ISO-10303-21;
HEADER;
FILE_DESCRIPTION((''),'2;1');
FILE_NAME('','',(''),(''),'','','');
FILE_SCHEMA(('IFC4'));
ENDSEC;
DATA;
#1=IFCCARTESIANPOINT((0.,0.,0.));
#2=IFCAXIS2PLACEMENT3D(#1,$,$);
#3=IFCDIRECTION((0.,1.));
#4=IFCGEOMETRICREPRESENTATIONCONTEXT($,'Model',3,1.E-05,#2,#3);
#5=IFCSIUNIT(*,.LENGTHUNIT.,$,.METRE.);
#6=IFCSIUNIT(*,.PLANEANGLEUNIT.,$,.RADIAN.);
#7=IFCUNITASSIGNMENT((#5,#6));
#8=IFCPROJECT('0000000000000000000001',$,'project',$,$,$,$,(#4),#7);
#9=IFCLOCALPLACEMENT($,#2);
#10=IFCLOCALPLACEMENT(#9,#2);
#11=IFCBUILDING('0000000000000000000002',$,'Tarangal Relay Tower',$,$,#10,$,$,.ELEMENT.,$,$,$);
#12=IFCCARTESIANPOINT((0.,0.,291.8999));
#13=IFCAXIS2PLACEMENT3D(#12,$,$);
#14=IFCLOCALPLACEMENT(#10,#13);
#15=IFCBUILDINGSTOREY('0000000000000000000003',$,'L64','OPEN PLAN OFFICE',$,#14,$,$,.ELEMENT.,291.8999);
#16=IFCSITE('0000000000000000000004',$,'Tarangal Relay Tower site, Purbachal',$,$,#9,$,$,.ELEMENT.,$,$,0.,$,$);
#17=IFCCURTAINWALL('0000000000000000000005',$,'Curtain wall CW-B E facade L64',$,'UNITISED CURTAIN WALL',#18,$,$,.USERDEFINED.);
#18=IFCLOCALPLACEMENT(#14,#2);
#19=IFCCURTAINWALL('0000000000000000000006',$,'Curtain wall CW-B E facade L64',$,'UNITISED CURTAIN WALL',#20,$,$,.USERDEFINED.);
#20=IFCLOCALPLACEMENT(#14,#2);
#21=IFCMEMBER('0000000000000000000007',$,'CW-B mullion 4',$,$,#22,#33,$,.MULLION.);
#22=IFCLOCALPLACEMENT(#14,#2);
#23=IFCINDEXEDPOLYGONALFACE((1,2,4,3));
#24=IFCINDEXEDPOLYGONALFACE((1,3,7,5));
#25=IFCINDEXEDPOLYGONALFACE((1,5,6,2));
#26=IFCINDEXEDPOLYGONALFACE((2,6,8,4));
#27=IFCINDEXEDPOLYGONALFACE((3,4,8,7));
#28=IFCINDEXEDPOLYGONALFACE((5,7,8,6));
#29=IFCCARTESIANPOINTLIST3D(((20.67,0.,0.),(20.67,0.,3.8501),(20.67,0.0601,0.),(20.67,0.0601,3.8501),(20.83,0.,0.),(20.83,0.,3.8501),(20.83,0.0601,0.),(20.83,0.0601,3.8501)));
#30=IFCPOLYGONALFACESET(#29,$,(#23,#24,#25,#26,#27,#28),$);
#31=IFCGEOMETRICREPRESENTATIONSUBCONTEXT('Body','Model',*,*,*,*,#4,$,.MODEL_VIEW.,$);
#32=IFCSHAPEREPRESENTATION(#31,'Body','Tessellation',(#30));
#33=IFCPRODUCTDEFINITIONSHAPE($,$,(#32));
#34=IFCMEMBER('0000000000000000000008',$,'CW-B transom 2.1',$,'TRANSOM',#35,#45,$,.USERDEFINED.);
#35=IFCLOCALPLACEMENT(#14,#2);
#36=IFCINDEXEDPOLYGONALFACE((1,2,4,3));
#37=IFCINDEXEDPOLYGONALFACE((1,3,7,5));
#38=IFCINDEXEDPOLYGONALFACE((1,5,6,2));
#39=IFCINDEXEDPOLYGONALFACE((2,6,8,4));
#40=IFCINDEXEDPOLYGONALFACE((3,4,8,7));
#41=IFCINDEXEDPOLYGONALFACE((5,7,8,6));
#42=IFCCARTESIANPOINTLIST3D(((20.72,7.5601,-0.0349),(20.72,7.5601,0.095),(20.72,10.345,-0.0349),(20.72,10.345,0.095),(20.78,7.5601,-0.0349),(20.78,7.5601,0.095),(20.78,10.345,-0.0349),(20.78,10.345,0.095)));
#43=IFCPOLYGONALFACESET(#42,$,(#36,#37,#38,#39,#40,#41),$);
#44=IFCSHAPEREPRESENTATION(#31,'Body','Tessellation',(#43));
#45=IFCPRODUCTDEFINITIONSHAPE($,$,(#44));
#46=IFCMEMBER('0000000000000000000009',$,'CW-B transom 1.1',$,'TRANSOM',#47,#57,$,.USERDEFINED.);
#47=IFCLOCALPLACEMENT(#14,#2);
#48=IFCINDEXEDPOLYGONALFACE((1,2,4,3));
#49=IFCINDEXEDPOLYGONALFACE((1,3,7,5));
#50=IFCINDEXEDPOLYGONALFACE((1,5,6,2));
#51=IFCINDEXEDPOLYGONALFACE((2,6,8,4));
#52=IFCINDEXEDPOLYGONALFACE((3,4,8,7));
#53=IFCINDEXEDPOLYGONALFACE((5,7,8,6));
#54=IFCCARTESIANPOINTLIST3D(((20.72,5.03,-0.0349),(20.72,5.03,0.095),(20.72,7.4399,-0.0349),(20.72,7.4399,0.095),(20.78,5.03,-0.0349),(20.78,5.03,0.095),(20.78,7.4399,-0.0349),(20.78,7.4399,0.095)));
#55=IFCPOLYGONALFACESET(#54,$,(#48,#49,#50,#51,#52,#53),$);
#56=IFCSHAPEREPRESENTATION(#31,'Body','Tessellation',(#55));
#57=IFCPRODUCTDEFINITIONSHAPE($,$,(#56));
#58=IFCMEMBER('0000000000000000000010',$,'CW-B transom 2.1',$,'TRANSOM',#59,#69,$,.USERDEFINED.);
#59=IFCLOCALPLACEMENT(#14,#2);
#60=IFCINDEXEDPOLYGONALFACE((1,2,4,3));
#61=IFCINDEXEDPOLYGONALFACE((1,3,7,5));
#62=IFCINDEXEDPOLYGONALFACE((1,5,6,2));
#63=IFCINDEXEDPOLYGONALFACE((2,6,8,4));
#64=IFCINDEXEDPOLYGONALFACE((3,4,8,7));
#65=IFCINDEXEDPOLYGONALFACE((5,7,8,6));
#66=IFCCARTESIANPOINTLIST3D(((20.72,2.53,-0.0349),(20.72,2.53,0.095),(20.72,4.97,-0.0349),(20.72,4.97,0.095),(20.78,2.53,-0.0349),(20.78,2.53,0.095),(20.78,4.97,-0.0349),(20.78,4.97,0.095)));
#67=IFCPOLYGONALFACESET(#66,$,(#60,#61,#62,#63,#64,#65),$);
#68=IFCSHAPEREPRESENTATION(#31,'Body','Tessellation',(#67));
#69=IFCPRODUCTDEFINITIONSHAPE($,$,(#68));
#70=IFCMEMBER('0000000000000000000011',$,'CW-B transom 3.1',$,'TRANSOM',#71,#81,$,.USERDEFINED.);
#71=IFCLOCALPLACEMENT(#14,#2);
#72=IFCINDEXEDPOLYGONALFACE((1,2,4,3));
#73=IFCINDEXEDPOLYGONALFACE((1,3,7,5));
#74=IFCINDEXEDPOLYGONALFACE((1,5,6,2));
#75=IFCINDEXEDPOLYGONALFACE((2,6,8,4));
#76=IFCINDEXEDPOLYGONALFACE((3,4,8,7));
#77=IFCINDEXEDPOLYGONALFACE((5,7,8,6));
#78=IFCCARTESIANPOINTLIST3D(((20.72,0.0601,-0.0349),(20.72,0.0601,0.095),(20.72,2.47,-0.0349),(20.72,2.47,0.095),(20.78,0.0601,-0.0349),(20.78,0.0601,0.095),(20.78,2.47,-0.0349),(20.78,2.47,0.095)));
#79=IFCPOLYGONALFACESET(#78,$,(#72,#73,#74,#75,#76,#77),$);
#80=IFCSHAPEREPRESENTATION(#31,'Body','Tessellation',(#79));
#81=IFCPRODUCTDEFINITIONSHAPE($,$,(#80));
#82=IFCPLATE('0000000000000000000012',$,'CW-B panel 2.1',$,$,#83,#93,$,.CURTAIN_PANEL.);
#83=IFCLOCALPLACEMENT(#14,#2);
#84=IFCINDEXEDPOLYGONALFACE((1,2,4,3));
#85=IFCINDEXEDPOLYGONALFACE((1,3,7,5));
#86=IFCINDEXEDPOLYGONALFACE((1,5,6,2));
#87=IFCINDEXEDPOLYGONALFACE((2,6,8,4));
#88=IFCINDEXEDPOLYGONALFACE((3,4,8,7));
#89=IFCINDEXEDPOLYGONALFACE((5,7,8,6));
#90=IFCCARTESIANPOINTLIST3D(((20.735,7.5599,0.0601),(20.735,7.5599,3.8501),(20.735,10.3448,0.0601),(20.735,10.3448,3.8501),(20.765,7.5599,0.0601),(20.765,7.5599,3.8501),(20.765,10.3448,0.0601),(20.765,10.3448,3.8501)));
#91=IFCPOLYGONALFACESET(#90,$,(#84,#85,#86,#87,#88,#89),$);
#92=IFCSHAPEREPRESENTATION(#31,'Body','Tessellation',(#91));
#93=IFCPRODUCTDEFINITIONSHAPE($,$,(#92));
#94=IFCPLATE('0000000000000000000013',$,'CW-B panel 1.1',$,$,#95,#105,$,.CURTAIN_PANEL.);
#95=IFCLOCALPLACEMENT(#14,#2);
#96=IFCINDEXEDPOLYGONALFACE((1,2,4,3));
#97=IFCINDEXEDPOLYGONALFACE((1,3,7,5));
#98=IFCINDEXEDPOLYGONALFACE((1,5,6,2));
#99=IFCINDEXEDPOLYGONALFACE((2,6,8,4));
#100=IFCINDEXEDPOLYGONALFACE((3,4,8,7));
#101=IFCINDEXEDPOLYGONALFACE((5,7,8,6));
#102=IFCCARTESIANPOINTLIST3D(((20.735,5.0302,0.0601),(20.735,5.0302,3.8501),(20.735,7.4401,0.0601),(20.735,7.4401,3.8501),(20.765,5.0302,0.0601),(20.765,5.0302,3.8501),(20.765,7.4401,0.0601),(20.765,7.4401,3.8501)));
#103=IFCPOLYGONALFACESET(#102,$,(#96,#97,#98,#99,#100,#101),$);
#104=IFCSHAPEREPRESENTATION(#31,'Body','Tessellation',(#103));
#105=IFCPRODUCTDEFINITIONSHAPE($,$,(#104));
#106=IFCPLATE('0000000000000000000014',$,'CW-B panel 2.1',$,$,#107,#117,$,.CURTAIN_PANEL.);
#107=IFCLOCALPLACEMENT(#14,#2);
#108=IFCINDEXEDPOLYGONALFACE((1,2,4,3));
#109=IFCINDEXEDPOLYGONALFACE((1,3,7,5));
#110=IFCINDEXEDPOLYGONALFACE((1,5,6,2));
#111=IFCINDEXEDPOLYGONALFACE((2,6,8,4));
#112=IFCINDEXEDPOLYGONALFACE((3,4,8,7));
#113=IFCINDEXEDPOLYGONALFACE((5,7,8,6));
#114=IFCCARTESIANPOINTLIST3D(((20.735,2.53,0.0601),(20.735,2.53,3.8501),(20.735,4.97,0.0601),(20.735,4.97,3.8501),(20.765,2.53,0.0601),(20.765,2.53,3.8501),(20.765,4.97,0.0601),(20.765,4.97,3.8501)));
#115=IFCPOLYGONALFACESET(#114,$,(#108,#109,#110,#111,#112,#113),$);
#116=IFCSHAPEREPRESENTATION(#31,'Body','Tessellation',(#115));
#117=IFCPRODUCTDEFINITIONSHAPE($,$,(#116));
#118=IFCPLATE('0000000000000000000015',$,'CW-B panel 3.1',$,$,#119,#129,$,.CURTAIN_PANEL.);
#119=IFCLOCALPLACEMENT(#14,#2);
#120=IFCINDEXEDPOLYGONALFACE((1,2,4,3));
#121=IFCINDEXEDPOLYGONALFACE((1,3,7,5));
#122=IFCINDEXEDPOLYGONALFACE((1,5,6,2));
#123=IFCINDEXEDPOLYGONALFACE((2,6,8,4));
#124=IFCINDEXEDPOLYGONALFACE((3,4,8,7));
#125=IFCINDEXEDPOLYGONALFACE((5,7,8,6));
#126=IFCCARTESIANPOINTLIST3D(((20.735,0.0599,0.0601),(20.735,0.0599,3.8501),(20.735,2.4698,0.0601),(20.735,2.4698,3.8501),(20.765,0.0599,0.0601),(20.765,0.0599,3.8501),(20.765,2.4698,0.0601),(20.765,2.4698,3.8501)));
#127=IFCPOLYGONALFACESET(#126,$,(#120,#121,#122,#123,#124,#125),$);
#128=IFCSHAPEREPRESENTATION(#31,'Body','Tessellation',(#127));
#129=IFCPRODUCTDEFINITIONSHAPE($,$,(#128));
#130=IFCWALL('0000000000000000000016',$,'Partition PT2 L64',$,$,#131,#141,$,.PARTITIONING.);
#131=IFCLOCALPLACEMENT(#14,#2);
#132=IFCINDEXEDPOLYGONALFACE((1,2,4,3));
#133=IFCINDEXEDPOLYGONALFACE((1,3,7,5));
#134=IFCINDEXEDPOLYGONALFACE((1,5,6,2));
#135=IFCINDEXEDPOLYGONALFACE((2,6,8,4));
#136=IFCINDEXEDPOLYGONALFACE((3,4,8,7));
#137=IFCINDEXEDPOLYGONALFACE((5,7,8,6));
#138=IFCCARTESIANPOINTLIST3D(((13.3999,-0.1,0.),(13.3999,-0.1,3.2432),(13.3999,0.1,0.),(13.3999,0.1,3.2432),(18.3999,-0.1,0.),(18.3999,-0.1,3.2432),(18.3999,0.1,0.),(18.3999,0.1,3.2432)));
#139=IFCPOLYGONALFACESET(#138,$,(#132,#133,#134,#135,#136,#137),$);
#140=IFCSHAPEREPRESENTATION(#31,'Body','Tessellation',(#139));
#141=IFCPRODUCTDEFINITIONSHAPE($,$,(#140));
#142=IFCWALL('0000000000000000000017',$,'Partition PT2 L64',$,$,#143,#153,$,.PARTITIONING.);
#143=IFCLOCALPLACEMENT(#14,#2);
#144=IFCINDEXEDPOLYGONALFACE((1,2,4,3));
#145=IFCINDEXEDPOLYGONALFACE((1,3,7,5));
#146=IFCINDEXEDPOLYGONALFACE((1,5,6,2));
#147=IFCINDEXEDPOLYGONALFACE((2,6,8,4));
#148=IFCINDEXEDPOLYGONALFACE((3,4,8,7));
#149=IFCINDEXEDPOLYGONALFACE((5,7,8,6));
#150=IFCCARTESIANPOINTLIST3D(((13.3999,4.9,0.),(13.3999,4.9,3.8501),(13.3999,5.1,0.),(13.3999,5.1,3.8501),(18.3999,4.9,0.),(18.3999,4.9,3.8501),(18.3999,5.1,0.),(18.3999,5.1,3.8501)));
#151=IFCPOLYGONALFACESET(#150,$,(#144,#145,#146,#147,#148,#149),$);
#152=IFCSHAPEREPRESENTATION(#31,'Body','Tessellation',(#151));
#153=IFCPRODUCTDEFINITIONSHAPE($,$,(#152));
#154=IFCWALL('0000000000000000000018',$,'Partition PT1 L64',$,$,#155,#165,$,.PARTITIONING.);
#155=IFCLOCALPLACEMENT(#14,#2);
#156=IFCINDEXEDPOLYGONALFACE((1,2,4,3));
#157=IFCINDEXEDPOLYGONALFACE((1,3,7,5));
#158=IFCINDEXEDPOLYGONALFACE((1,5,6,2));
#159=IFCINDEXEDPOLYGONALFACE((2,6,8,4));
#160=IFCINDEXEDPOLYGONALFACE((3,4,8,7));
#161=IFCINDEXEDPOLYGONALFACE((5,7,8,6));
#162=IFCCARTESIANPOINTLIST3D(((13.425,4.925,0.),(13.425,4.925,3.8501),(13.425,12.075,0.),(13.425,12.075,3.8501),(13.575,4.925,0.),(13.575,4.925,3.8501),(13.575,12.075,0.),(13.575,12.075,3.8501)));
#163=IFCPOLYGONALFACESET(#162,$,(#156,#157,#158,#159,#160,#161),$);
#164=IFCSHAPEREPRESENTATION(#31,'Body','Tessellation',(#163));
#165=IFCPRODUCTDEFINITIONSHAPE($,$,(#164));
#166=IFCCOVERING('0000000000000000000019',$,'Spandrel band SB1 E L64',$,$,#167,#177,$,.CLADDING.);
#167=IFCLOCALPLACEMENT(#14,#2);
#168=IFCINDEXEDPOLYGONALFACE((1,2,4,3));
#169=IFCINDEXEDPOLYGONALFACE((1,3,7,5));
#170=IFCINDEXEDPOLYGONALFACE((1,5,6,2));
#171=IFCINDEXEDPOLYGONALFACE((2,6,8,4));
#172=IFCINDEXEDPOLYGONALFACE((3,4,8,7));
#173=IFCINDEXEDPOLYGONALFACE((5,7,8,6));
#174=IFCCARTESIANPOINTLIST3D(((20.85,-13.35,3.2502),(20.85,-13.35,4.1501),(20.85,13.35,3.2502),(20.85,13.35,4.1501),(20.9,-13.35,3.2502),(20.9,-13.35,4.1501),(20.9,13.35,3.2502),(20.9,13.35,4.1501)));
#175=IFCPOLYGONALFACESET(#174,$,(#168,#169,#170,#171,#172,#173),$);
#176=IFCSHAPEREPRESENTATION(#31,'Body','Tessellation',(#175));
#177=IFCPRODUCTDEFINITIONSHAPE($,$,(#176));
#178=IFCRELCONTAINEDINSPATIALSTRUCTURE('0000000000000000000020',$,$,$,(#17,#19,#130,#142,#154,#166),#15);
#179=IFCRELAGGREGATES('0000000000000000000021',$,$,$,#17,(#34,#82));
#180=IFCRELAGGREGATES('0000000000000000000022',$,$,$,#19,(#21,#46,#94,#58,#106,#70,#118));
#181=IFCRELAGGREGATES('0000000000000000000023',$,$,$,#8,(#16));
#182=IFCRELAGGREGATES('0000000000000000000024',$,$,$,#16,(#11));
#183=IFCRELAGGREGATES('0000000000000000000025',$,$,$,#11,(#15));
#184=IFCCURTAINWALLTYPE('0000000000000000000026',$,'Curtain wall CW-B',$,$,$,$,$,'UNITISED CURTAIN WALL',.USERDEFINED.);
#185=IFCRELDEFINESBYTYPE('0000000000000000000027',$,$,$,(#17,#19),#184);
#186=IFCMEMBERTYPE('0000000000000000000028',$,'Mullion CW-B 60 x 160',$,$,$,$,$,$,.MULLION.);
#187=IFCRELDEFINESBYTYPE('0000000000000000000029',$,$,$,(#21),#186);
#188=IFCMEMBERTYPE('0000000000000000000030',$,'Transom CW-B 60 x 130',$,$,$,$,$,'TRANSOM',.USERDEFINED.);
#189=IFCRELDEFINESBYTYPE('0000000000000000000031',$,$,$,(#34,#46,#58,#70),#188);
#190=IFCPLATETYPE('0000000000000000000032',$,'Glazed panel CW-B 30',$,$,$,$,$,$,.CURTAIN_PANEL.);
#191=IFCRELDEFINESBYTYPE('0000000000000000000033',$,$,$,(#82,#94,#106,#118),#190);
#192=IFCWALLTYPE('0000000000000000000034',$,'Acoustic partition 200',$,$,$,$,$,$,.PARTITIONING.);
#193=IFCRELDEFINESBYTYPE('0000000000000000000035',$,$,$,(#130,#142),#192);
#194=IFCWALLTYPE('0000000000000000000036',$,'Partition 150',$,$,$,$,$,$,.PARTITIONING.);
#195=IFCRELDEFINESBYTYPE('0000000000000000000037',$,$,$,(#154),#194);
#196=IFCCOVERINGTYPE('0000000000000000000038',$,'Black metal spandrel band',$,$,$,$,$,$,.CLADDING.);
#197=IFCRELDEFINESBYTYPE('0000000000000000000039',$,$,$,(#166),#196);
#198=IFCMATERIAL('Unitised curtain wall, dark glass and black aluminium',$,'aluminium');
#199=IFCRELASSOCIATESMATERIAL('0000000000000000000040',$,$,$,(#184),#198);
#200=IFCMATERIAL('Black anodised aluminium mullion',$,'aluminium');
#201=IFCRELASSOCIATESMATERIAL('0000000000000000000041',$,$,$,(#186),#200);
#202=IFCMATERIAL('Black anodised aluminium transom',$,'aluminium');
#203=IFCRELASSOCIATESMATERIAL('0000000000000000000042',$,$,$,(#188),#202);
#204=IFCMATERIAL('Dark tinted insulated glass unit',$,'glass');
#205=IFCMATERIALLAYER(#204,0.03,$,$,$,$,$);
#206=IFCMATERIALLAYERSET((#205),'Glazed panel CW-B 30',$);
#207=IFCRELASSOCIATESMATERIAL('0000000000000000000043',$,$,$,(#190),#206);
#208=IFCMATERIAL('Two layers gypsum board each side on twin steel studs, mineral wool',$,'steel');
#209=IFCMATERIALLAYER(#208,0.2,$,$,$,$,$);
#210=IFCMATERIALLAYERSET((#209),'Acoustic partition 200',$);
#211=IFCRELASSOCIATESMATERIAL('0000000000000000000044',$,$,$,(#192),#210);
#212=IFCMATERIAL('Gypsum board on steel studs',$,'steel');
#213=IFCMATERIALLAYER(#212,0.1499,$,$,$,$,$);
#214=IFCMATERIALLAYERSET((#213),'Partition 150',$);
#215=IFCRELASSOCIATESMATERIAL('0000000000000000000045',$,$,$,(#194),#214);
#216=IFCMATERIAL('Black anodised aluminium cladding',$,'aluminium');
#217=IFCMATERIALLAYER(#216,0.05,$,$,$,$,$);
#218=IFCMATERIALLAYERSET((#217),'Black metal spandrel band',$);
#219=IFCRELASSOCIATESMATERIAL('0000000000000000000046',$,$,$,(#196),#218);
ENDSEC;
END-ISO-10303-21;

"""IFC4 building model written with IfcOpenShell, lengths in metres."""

from ifc_helpers import new_model, si_unit, direction, frame, frame_2d, origin, origin_2d, place, context, subcontext, project, spatial, rectangle, extrude, material, layer, layer_set, material_profile, profile_set, type_object, element, aggregate, save


model = new_model("IFC4")

# Units and contexts
model_context = context("Model", 3, precision=1e-05, world=origin(), true_north=direction((0.0, 1.0)))
body_context = subcontext(model_context, "Body", "Model", "MODEL_VIEW")
ifc_project = project(units=[si_unit("LENGTHUNIT", "METRE"), si_unit("PLANEANGLEUNIT", "RADIAN")], contexts=[model_context])

# Site, building, storey
site_placement = place(None, origin())
site = spatial("IfcSite", under=ifc_project, at=site_placement, Name="Tarangal Relay Tower site, Purbachal", CompositionType="ELEMENT", RefElevation=0.0)
building_placement = place(site_placement, origin())
building = spatial("IfcBuilding", under=site, at=building_placement, Name="Tarangal Relay Tower", CompositionType="ELEMENT")
storey_placement = place(building_placement, frame((0.0, 0.0, 291.8999)))
storey = spatial("IfcBuildingStorey", under=building, at=storey_placement, Name="L64", Description="OPEN PLAN OFFICE", CompositionType="ELEMENT", Elevation=291.8999)

# Curtain wall
ifc_material_1 = material(Name="Unitised curtain wall, dark glass and black aluminium", Category="aluminium")
curtain_wall_type = type_object("IfcCurtainWallType", Name="Curtain wall CW-B", ElementType="UNITISED CURTAIN WALL", PredefinedType="USERDEFINED", material=ifc_material_1)
curtain_wall_1_placement = place(storey_placement, origin())
curtain_wall_1 = element("IfcCurtainWall", 1, at=curtain_wall_1_placement, inside=storey, type_object=curtain_wall_type, Name="Curtain wall CW-B E facade L64", ObjectType="UNITISED CURTAIN WALL", PredefinedType="USERDEFINED")
ifc_material_2 = material(Name="Black anodised aluminium mullion", Category="aluminium")
ifc_material_profile_1 = material_profile(ifc_material_2, rectangle(XDim=0.1599, YDim=0.0601, at=origin_2d()), Name="CW-BM 60X160")
ifc_profile_set_1 = profile_set([ifc_material_profile_1], Name="Black anodised aluminium mullion")
member_type_1 = type_object("IfcMemberType", Name="Mullion CW-B 60 x 160", PredefinedType="MULLION", material=ifc_profile_set_1)

# Curtain wall, member
curtain_wall_2_placement = place(storey_placement, origin())
curtain_wall_2 = element("IfcCurtainWall", 2, at=curtain_wall_2_placement, inside=storey, type_object=curtain_wall_type, Name="Curtain wall CW-B E facade L64", ObjectType="UNITISED CURTAIN WALL", PredefinedType="USERDEFINED")
member_1_placement = place(storey_placement, frame((20.75, 0.03, 0.0), z_axis=(0.0, 0.0, 1.0), x_axis=(1.0, 0.0, 0.0)))
member_1 = element("IfcMember", 3, at=member_1_placement, type_object=member_type_1, Name="CW-B mullion 4", PredefinedType="MULLION", context=body_context, shape_type="SweptSolid", body=[
    extrude(rectangle(XDim=0.1599, YDim=0.0601, at=origin_2d()), origin(), (0.0, 0.0, 1.0), 3.8501),
])

# Members
ifc_material_3 = material(Name="Black anodised aluminium transom", Category="aluminium")
ifc_material_profile_2 = material_profile(ifc_material_3, rectangle(XDim=0.0601, YDim=0.1299, at=origin_2d()), Name="CW-BT 60X130")
ifc_profile_set_2 = profile_set([ifc_material_profile_2], Name="Black anodised aluminium transom")
member_type_2 = type_object("IfcMemberType", Name="Transom CW-B 60 x 130", ElementType="TRANSOM", PredefinedType="USERDEFINED", material=ifc_profile_set_2)
member_2_placement = place(storey_placement, frame((20.75, 10.345, 0.03), z_axis=(0.0, -1.0, 0.0), x_axis=(1.0, 0.0, 0.0)))
member_2 = element("IfcMember", 4, at=member_2_placement, type_object=member_type_2, Name="CW-B transom 2.1", ObjectType="TRANSOM", PredefinedType="USERDEFINED", context=body_context, shape_type="SweptSolid", body=[
    extrude(rectangle(XDim=0.0601, YDim=0.1299, at=origin_2d()), origin(), (0.0, 0.0, 1.0), 2.7849),
])
member_3_placement = place(storey_placement, frame((20.75, 7.4399, 0.03), z_axis=(0.0, -1.0, 0.0), x_axis=(1.0, 0.0, 0.0)))
member_3 = element("IfcMember", 5, at=member_3_placement, type_object=member_type_2, Name="CW-B transom 1.1", ObjectType="TRANSOM", PredefinedType="USERDEFINED", context=body_context, shape_type="SweptSolid", body=[
    extrude(rectangle(XDim=0.0601, YDim=0.1299, at=origin_2d()), origin(), (0.0, 0.0, 1.0), 2.4099),
])
member_4_placement = place(storey_placement, frame((20.75, 4.97, 0.03), z_axis=(0.0, -1.0, 0.0), x_axis=(1.0, 0.0, 0.0)))
member_4 = element("IfcMember", 6, at=member_4_placement, type_object=member_type_2, Name="CW-B transom 2.1", ObjectType="TRANSOM", PredefinedType="USERDEFINED", context=body_context, shape_type="SweptSolid", body=[
    extrude(rectangle(XDim=0.0601, YDim=0.1299, at=origin_2d()), origin(), (0.0, 0.0, 1.0), 2.4399),
])
member_5_placement = place(storey_placement, frame((20.75, 2.47, 0.03), z_axis=(0.0, -1.0, 0.0), x_axis=(1.0, 0.0, 0.0)))
member_5 = element("IfcMember", 7, at=member_5_placement, type_object=member_type_2, Name="CW-B transom 3.1", ObjectType="TRANSOM", PredefinedType="USERDEFINED", context=body_context, shape_type="SweptSolid", body=[
    extrude(rectangle(XDim=0.0601, YDim=0.1299, at=origin_2d()), origin(), (0.0, 0.0, 1.0), 2.4099),
])

# Plates
ifc_material_4 = material(Name="Dark tinted insulated glass unit", Category="glass")
ifc_layer_1 = layer(ifc_material_4, 0.03)
ifc_layer_set_1 = layer_set([ifc_layer_1], Name="Glazed panel CW-B 30")
plate_type = type_object("IfcPlateType", Name="Glazed panel CW-B 30", PredefinedType="CURTAIN_PANEL", material=ifc_layer_set_1)
plate_1_placement = place(storey_placement, frame((20.75, 8.9524, 0.0601), z_axis=(0.0, 0.0, 1.0), x_axis=(0.0, -1.0, 0.0)))
plate_1 = element("IfcPlate", 8, at=plate_1_placement, type_object=plate_type, Name="CW-B panel 2.1", PredefinedType="CURTAIN_PANEL", context=body_context, shape_type="SweptSolid", body=[
    extrude(rectangle(XDim=2.7849, YDim=0.03, at=origin_2d()), origin(), (0.0, 0.0, 1.0), 3.79),
])
aggregate(curtain_wall_1, [member_2, plate_1])
plate_2_placement = place(storey_placement, frame((20.75, 6.2351, 0.0601), z_axis=(0.0, 0.0, 1.0), x_axis=(0.0, -1.0, 0.0)))
plate_2 = element("IfcPlate", 9, at=plate_2_placement, type_object=plate_type, Name="CW-B panel 1.1", PredefinedType="CURTAIN_PANEL", context=body_context, shape_type="SweptSolid", body=[
    extrude(rectangle(XDim=2.4099, YDim=0.03, at=origin_2d()), origin(), (0.0, 0.0, 1.0), 3.79),
])
plate_3_placement = place(storey_placement, frame((20.75, 3.75, 0.0601), z_axis=(0.0, 0.0, 1.0), x_axis=(0.0, -1.0, 0.0)))
plate_3 = element("IfcPlate", 10, at=plate_3_placement, type_object=plate_type, Name="CW-B panel 2.1", PredefinedType="CURTAIN_PANEL", context=body_context, shape_type="SweptSolid", body=[
    extrude(rectangle(XDim=2.4399, YDim=0.03, at=origin_2d()), origin(), (0.0, 0.0, 1.0), 3.79),
])
plate_4_placement = place(storey_placement, frame((20.75, 1.2649, 0.0601), z_axis=(0.0, 0.0, 1.0), x_axis=(0.0, -1.0, 0.0)))
plate_4 = element("IfcPlate", 11, at=plate_4_placement, type_object=plate_type, Name="CW-B panel 3.1", PredefinedType="CURTAIN_PANEL", context=body_context, shape_type="SweptSolid", body=[
    extrude(rectangle(XDim=2.4099, YDim=0.03, at=origin_2d()), origin(), (0.0, 0.0, 1.0), 3.79),
])
aggregate(curtain_wall_2, [member_1, member_3, plate_2, member_4, plate_3, member_5, plate_4])

# Walls
ifc_material_5 = material(Name="Two layers gypsum board each side on twin steel studs, mineral wool", Category="steel")
ifc_layer_2 = layer(ifc_material_5, 0.2)
ifc_layer_set_2 = layer_set([ifc_layer_2], Name="Acoustic partition 200")
wall_type_1 = type_object("IfcWallType", Name="Acoustic partition 200", PredefinedType="PARTITIONING", material=ifc_layer_set_2)
wall_1_placement = place(storey_placement, frame((13.3999, 0.0, 0.0), z_axis=(0.0, 0.0, 1.0), x_axis=(1.0, 0.0, 0.0)))
element("IfcWall", 12, at=wall_1_placement, inside=storey, type_object=wall_type_1, Name="Partition PT2 L64", PredefinedType="PARTITIONING", context=body_context, shape_type="SweptSolid", body=[
    extrude(rectangle(XDim=5.0, YDim=0.2, at=frame_2d((2.5, 0.0))), origin(), (0.0, 0.0, 1.0), 3.2432),
])
wall_2_placement = place(storey_placement, frame((13.3999, 5.0, 0.0), z_axis=(0.0, 0.0, 1.0), x_axis=(1.0, 0.0, 0.0)))
element("IfcWall", 13, at=wall_2_placement, inside=storey, type_object=wall_type_1, Name="Partition PT2 L64", PredefinedType="PARTITIONING", context=body_context, shape_type="SweptSolid", body=[
    extrude(rectangle(XDim=5.0, YDim=0.2, at=frame_2d((2.5, 0.0))), origin(), (0.0, 0.0, 1.0), 3.8501),
])
ifc_material_6 = material(Name="Gypsum board on steel studs", Category="steel")
ifc_layer_3 = layer(ifc_material_6, 0.1499)
ifc_layer_set_3 = layer_set([ifc_layer_3], Name="Partition 150")
wall_type_2 = type_object("IfcWallType", Name="Partition 150", PredefinedType="PARTITIONING", material=ifc_layer_set_3)
wall_3_placement = place(storey_placement, frame((13.5, 4.925, 0.0), z_axis=(0.0, 0.0, 1.0), x_axis=(0.0, 1.0, 0.0)))
element("IfcWall", 14, at=wall_3_placement, inside=storey, type_object=wall_type_2, Name="Partition PT1 L64", PredefinedType="PARTITIONING", context=body_context, shape_type="SweptSolid", body=[
    extrude(rectangle(XDim=7.1499, YDim=0.1499, at=frame_2d((3.575, 0.0))), origin(), (0.0, 0.0, 1.0), 3.8501),
])

# Covering
ifc_material_7 = material(Name="Black anodised aluminium cladding", Category="aluminium")
ifc_layer_4 = layer(ifc_material_7, 0.05)
ifc_layer_set_4 = layer_set([ifc_layer_4], Name="Black metal spandrel band")
covering_type = type_object("IfcCoveringType", Name="Black metal spandrel band", PredefinedType="CLADDING", material=ifc_layer_set_4)
covering_placement = place(storey_placement, frame((20.875, 0.0, 3.2502), z_axis=(0.0, 0.0, 1.0), x_axis=(0.0, -1.0, 0.0)))
element("IfcCovering", 15, at=covering_placement, inside=storey, type_object=covering_type, Name="Spandrel band SB1 E L64", PredefinedType="CLADDING", context=body_context, shape_type="SweptSolid", body=[
    extrude(rectangle(XDim=26.7, YDim=0.05, at=origin_2d()), origin(), (0.0, 0.0, 1.0), 0.8999),
])

save(model, "model.ifc")
